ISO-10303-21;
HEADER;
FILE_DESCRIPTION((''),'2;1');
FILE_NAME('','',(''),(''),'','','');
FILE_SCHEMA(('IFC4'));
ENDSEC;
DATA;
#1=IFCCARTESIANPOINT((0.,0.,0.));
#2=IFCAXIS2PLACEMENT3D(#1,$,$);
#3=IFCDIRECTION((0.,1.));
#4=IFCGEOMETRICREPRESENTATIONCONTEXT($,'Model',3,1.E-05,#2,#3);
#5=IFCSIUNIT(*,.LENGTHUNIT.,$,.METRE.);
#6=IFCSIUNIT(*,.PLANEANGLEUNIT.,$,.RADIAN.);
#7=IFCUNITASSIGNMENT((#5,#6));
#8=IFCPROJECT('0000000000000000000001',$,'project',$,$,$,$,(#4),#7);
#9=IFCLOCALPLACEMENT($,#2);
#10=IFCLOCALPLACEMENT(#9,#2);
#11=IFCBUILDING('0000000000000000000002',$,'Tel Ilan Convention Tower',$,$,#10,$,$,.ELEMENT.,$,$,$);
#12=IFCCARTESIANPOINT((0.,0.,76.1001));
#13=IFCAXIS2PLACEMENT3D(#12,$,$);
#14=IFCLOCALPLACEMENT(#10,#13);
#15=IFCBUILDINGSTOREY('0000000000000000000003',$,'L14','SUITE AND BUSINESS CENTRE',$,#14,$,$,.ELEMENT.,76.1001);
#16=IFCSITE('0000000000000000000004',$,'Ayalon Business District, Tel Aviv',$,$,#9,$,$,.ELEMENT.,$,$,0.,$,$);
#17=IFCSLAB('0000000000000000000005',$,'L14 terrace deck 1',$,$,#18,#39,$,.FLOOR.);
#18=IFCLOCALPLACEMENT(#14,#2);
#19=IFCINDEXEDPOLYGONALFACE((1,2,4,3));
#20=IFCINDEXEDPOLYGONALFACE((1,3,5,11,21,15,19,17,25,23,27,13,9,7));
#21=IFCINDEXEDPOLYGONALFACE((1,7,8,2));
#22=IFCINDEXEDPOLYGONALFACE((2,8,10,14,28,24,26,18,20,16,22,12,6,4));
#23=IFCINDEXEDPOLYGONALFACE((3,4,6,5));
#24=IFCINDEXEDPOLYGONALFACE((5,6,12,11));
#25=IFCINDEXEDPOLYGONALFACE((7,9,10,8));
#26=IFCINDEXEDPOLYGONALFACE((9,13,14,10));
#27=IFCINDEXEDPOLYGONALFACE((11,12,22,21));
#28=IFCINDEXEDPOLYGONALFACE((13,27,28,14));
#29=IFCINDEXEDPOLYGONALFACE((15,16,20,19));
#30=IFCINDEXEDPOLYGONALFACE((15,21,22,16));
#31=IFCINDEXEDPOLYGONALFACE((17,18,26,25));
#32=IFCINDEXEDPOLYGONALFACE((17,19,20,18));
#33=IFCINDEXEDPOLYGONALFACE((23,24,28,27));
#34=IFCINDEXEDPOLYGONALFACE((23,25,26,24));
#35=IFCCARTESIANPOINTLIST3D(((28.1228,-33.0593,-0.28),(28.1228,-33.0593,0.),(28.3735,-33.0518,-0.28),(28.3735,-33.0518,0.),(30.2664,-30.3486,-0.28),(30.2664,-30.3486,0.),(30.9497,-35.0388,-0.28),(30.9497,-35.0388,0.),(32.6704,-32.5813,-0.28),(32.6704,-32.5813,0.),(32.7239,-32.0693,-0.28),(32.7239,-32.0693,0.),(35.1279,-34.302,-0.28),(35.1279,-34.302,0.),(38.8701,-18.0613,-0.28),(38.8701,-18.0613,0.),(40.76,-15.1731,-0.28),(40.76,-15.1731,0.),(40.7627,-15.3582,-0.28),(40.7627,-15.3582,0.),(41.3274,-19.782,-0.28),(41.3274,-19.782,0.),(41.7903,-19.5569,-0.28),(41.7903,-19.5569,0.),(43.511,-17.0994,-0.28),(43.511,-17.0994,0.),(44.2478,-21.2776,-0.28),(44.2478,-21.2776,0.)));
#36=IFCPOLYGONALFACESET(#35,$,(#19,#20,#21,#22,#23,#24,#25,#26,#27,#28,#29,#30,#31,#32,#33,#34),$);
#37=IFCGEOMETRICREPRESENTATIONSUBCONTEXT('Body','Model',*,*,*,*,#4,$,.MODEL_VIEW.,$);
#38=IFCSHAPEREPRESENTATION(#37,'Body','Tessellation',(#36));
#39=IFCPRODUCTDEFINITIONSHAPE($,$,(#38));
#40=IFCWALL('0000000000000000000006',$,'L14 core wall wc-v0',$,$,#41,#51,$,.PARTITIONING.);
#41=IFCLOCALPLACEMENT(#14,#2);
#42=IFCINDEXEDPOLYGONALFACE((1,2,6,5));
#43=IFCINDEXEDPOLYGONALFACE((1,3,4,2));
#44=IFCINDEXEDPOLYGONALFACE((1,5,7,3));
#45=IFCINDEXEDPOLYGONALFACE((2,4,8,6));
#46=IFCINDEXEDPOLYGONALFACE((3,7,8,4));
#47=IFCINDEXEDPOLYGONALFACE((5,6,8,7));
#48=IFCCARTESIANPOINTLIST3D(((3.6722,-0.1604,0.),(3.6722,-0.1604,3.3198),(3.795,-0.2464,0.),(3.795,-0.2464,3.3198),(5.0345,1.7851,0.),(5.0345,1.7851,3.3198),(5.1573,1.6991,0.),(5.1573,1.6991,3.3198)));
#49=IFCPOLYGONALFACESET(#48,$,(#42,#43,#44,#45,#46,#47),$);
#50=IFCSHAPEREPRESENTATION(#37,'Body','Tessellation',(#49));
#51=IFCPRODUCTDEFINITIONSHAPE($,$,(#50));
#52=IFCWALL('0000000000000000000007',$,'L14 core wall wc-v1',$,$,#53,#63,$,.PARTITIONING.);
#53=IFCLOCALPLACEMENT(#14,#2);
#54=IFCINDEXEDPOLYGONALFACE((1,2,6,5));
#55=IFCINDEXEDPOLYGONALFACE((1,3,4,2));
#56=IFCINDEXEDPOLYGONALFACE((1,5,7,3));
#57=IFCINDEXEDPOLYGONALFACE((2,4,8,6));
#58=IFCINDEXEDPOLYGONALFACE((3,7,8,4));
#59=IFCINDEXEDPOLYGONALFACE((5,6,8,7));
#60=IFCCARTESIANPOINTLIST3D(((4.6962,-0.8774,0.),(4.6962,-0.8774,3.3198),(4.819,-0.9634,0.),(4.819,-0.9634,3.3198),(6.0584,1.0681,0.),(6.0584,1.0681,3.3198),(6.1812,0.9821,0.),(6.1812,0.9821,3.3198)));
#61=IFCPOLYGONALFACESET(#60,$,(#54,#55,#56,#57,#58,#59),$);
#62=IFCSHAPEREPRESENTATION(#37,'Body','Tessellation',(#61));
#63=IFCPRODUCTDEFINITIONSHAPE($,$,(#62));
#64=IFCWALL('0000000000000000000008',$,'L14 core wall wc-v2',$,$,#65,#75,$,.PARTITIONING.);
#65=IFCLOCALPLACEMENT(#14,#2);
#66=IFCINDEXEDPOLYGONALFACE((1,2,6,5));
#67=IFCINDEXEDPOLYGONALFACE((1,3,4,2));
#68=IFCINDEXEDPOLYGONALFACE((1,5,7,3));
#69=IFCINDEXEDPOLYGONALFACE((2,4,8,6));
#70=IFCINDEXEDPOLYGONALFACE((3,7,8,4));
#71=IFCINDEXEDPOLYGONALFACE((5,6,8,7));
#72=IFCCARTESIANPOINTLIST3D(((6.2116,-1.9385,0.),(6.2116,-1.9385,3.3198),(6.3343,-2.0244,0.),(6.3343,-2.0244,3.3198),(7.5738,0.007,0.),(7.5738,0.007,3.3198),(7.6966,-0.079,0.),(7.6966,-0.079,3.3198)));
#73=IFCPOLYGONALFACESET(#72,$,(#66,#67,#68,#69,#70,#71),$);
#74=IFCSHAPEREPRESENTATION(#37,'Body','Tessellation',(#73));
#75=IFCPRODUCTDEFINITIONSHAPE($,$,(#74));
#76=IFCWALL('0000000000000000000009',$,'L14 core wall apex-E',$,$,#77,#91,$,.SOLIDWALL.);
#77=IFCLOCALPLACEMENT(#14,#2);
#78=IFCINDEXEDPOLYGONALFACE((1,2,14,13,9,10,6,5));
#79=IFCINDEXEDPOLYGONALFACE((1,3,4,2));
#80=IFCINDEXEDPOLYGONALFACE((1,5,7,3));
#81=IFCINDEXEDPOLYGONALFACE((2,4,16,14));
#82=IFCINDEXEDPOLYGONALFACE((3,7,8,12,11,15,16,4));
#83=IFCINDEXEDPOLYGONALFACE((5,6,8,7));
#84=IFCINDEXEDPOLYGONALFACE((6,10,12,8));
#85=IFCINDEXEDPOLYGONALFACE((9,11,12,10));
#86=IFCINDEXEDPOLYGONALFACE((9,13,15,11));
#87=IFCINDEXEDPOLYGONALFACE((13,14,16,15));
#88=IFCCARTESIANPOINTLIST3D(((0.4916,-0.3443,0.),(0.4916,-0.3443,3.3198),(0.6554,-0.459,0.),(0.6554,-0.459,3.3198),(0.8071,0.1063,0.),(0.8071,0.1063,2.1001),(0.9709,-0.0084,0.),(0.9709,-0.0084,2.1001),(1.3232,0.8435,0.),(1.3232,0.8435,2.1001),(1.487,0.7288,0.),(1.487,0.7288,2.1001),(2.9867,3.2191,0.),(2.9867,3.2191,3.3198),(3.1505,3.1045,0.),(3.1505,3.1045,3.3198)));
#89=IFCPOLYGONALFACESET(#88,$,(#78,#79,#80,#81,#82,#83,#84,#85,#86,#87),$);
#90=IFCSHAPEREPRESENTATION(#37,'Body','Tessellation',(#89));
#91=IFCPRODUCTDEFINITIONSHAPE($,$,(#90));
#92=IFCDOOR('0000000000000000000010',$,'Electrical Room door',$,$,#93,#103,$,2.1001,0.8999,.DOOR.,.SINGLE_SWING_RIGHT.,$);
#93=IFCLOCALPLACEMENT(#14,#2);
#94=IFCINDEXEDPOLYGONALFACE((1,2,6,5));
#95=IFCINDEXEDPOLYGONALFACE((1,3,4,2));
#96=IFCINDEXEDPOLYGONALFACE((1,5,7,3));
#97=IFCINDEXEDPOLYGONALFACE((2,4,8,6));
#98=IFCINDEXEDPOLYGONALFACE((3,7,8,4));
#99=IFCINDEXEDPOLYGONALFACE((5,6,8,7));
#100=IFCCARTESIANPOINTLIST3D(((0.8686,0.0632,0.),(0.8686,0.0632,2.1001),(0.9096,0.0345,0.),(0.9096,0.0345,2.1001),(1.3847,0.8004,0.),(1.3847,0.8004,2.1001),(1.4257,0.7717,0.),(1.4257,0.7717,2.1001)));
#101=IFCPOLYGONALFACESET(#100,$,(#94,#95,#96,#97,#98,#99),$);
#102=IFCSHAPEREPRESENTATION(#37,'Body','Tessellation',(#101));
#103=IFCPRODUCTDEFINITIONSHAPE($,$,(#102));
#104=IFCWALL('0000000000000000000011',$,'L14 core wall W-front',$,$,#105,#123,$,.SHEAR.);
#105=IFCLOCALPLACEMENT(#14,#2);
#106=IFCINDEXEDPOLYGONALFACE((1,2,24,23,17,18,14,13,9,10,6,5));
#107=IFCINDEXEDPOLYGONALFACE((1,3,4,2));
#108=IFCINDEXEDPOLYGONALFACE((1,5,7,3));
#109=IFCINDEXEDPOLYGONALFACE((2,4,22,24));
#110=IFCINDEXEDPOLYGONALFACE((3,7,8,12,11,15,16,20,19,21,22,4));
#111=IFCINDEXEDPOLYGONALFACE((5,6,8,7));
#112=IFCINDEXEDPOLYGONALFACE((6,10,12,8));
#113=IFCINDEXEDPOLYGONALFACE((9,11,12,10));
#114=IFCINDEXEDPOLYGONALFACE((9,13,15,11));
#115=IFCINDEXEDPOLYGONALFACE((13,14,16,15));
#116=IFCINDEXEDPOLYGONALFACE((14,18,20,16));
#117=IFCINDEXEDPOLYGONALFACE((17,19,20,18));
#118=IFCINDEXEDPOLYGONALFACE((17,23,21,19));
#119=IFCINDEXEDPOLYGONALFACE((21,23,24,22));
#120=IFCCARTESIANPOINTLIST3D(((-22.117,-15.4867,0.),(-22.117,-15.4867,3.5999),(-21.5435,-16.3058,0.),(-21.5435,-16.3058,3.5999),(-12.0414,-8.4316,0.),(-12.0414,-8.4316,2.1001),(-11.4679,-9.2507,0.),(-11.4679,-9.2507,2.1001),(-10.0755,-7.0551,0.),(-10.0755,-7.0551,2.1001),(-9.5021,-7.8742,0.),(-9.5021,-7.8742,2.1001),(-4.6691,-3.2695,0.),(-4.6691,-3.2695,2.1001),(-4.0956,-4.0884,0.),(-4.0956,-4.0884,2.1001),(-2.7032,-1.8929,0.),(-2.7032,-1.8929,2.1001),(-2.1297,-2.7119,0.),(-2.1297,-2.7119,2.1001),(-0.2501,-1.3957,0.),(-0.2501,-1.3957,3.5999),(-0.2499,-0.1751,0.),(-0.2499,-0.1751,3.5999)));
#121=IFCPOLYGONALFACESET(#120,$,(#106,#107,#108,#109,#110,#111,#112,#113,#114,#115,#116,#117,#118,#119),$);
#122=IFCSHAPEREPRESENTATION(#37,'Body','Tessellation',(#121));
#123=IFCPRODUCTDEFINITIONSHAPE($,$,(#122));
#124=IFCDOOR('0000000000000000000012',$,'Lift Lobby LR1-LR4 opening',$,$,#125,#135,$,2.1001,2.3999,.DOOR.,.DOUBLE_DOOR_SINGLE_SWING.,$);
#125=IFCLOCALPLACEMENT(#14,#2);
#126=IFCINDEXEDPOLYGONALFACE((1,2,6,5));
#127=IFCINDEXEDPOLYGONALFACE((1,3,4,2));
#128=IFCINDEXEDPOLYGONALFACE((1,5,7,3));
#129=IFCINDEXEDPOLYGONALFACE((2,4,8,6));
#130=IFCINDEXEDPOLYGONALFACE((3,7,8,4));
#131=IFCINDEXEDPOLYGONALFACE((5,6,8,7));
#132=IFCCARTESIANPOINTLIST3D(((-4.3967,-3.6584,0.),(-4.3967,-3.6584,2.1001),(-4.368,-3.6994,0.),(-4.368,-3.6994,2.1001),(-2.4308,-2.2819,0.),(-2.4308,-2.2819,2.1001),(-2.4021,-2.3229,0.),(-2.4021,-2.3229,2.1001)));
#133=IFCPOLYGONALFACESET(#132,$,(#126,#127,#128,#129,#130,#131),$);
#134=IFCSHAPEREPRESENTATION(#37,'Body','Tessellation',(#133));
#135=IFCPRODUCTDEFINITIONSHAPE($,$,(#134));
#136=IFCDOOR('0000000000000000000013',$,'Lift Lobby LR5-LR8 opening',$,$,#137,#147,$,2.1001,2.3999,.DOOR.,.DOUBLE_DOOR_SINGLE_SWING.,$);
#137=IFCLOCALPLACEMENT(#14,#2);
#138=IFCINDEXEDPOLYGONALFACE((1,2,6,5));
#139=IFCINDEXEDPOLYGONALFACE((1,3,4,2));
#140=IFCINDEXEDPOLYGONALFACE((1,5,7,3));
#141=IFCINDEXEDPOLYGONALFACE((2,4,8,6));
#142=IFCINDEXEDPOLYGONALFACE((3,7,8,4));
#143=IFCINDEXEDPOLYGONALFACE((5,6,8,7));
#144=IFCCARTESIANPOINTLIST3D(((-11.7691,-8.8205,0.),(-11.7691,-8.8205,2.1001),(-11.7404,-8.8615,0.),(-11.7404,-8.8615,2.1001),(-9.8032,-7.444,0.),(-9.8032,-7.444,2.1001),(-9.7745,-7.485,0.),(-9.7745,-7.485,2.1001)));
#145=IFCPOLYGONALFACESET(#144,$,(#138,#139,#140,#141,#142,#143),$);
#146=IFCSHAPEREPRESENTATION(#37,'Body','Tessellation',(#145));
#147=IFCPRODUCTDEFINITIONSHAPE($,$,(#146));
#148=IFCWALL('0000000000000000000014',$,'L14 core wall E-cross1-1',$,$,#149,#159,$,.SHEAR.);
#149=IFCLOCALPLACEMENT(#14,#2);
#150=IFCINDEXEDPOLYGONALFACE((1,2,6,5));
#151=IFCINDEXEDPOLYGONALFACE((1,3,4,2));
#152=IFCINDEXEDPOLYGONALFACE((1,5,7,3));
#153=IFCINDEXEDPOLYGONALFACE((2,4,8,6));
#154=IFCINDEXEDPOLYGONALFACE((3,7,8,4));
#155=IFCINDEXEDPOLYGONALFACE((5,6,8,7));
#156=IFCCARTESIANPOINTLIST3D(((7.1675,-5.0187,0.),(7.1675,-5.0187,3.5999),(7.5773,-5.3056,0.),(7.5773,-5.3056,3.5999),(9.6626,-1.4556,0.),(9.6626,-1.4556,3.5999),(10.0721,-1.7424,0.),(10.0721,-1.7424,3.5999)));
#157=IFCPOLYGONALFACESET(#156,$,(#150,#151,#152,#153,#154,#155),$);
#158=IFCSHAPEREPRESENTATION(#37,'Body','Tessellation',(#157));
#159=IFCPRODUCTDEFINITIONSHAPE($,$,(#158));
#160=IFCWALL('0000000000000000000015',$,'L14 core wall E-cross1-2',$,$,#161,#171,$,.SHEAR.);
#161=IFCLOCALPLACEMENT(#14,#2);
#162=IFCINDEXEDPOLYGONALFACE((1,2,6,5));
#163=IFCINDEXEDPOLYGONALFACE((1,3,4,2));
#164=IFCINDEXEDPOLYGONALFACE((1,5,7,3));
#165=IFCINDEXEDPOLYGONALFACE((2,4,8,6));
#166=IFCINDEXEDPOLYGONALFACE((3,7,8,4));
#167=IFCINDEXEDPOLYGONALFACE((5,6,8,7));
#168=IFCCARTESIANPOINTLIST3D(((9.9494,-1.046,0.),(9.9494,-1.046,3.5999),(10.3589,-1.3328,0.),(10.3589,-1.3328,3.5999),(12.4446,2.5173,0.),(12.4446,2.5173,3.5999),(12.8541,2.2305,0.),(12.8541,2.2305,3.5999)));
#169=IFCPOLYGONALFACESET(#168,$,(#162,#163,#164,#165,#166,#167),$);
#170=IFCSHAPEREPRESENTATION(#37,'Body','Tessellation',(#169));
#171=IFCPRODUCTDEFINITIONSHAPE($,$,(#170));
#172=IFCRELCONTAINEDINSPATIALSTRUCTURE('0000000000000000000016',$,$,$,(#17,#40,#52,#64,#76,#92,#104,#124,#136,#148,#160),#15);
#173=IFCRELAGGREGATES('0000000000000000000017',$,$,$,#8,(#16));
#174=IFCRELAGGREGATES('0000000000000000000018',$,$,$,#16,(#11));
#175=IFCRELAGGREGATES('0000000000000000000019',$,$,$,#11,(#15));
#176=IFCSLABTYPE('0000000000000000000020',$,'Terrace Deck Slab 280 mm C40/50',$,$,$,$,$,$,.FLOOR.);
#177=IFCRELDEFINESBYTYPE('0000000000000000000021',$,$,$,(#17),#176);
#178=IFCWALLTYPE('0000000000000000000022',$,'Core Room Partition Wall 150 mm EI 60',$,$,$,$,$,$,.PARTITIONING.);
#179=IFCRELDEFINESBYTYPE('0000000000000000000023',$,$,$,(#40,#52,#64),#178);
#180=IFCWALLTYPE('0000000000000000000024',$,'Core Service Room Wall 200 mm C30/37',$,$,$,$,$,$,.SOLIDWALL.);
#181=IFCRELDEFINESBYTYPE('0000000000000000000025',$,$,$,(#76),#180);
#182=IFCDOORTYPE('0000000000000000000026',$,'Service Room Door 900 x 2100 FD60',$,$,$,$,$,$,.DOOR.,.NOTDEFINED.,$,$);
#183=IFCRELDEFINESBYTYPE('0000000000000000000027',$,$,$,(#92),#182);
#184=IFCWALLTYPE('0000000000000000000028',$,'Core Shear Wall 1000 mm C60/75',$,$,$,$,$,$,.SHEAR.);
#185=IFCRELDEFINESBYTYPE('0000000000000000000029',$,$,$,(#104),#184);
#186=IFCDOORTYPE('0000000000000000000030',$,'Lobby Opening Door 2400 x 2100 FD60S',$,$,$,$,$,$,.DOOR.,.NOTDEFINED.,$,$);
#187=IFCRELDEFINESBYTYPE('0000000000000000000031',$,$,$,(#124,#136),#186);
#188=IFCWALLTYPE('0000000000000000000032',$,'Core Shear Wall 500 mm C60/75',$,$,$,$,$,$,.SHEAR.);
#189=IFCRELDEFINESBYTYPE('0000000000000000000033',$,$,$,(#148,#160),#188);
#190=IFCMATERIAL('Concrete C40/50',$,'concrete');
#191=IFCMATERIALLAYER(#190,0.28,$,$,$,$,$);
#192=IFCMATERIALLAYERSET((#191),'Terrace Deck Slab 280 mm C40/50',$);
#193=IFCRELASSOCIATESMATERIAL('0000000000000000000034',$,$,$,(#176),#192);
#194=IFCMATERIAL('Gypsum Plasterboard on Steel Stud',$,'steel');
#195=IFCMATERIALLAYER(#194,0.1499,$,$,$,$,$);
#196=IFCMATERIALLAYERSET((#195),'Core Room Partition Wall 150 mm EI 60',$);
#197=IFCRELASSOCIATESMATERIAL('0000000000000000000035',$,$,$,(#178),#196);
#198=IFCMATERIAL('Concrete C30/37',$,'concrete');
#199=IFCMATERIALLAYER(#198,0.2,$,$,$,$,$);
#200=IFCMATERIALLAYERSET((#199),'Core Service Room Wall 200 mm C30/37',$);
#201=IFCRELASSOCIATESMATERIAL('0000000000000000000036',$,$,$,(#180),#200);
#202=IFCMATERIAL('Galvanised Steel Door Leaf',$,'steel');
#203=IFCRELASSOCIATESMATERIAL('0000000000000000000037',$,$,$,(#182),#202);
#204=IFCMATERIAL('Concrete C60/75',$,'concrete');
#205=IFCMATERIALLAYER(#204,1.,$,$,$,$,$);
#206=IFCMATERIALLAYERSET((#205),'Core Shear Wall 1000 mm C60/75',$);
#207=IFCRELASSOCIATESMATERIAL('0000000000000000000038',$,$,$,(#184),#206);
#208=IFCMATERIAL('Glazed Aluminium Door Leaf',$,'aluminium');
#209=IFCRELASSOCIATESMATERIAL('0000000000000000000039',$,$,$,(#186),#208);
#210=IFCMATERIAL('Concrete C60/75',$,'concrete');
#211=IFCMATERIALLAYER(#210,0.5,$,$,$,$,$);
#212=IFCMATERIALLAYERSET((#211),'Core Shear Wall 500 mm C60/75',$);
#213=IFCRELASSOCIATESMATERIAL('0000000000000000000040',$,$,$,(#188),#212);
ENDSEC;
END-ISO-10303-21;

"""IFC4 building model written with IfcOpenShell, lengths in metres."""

from ifc_helpers import new_model, si_unit, direction, frame, frame_2d, origin, place, context, subcontext, project, spatial, polyline, rectangle, outline, extrude, material, layer, layer_set, type_object, element, fill, save


model = new_model("IFC4")

# Units and contexts
model_context = context("Model", 3, precision=1e-05, world=origin(), true_north=direction((0.0, 1.0)))
body_context = subcontext(model_context, "Body", "Model", "MODEL_VIEW")
ifc_project = project(units=[si_unit("LENGTHUNIT", "METRE"), si_unit("PLANEANGLEUNIT", "RADIAN")], contexts=[model_context])

# Site, building, storey
site_placement = place(None, origin())
site = spatial("IfcSite", under=ifc_project, at=site_placement, Name="Ayalon Business District, Tel Aviv", CompositionType="ELEMENT", RefElevation=0.0)
building_placement = place(site_placement, origin())
building = spatial("IfcBuilding", under=site, at=building_placement, Name="Tel Ilan Convention Tower", CompositionType="ELEMENT")
storey_placement = place(building_placement, frame((0.0, 0.0, 76.1001)))
storey = spatial("IfcBuildingStorey", under=building, at=storey_placement, Name="L14", Description="SUITE AND BUSINESS CENTRE", CompositionType="ELEMENT", Elevation=76.1001)

# Slab
ifc_material_1 = material(Name="Concrete C40/50", Category="concrete")
ifc_layer_1 = layer(ifc_material_1, 0.28)
ifc_layer_set_1 = layer_set([ifc_layer_1], Name="Terrace Deck Slab 280 mm C40/50")
slab_type_1 = type_object("IfcSlabType", Name="Terrace Deck Slab 280 mm C40/50", PredefinedType="FLOOR", material=ifc_layer_set_1)
slab_1_placement = place(storey_placement, frame((0.0, 0.0, -0.28)))
element("IfcSlab", 1, at=slab_1_placement, inside=storey, type_object=slab_type_1, Name="L14 terrace deck 1", PredefinedType="FLOOR", context=body_context, shape_type="SweptSolid", body=[
    extrude(outline(polyline([(43.511, -17.0994), (41.7903, -19.5569), (44.2478, -21.2776), (35.1279, -34.302), (32.6704, -32.5813), (30.9497, -35.0388), (28.1228, -33.0593), (28.3735, -33.0518), (30.2664, -30.3486), (32.7239, -32.0693), (41.3274, -19.782), (38.8701, -18.0613), (40.7627, -15.3582), (40.76, -15.1731), (43.511, -17.0994)])), origin(), (0.0, 0.0, 1.0), 0.28),
])

# Walls
ifc_material_2 = material(Name="Gypsum Plasterboard on Steel Stud", Category="steel")
ifc_layer_2 = layer(ifc_material_2, 0.1499)
ifc_layer_set_2 = layer_set([ifc_layer_2], Name="Core Room Partition Wall 150 mm EI 60")
wall_type_1 = type_object("IfcWallType", Name="Core Room Partition Wall 150 mm EI 60", PredefinedType="PARTITIONING", material=ifc_layer_set_2)
for number, where, z_axis, x_axis, name in (
    (2, (3.7336, -0.2034, 0.0), (0.0, 0.0, 1.0), (0.57358, 0.81915, 0.0), "L14 core wall wc-v0"),
    (3, (4.7576, -0.9204, 0.0), (0.0, 0.0, 1.0), (0.57358, 0.81915, 0.0), "L14 core wall wc-v1"),
    (4, (6.2729, -1.9814, 0.0), (0.0, 0.0, 1.0), (0.57358, 0.81915, 0.0), "L14 core wall wc-v2"),
):
    element("IfcWall", number, at=place(storey_placement, frame(where, z_axis=z_axis, x_axis=x_axis)), inside=storey, type_object=wall_type_1, Name=name, PredefinedType="PARTITIONING", context=body_context, shape_type="SweptSolid", body=[
        extrude(rectangle(XDim=2.375, YDim=0.1499, at=frame_2d((1.1875, 0.0))), origin(), (0.0, 0.0, 1.0), 3.3198),
    ])

# Wall, opening, door
ifc_material_3 = material(Name="Concrete C30/37", Category="concrete")
ifc_layer_3 = layer(ifc_material_3, 0.2)
ifc_layer_set_3 = layer_set([ifc_layer_3], Name="Core Service Room Wall 200 mm C30/37")
wall_type_2 = type_object("IfcWallType", Name="Core Service Room Wall 200 mm C30/37", PredefinedType="SOLIDWALL", material=ifc_layer_set_3)
wall_1_placement = place(storey_placement, frame((0.5735, -0.4016, 0.0), z_axis=(0.0, 0.0, 1.0), x_axis=(0.573568, 0.819158, 0.0)))
wall_1 = element("IfcWall", 5, at=wall_1_placement, inside=storey, type_object=wall_type_2, Name="L14 core wall apex-E", PredefinedType="SOLIDWALL", context=body_context, shape_type="SweptSolid", body=[
    extrude(rectangle(XDim=4.3501, YDim=0.2, at=frame_2d((2.175, 0.0))), origin(), (0.0, 0.0, 1.0), 3.3198),
])
opening_1_placement = place(wall_1_placement, frame((0.55, 0.0, 0.0)))
opening_1 = element("IfcOpeningElement", 6, at=opening_1_placement, cuts=wall_1, PredefinedType="OPENING", context=body_context, shape_type="SweptSolid", body=[
    extrude(rectangle(XDim=0.8999, YDim=2.1001, at=frame_2d((0.45, 1.05))), frame((0.0, 0.1099, 0.0), z_axis=(0.0, -1.0, 0.0), x_axis=(1.0, 0.0, 0.0)), (0.0, 0.0, 1.0), 0.22),
])
ifc_material_4 = material(Name="Galvanised Steel Door Leaf", Category="steel")
door_type_1 = type_object("IfcDoorType", Name="Service Room Door 900 x 2100 FD60", OperationType="NOTDEFINED", PredefinedType="DOOR", material=ifc_material_4)
door_1_placement = place(opening_1_placement, origin())
door_1 = element("IfcDoor", 7, at=door_1_placement, inside=storey, type_object=door_type_1, Name="Electrical Room door", OperationType="SINGLE_SWING_RIGHT", OverallHeight=2.1001, OverallWidth=0.8999, PredefinedType="DOOR", context=body_context, shape_type="SweptSolid", body=[
    extrude(rectangle(XDim=0.8999, YDim=2.1001, at=frame_2d((0.45, 1.05))), frame((0.0, 0.0249, 0.0), z_axis=(0.0, -1.0, 0.0), x_axis=(1.0, 0.0, 0.0)), (0.0, 0.0, 1.0), 0.05),
])
fill(opening_1, door_1)

# Wall, openings, doors
ifc_material_5 = material(Name="Concrete C60/75", Category="concrete")
ifc_layer_4 = layer(ifc_material_5, 1.0)
ifc_layer_set_4 = layer_set([ifc_layer_4], Name="Core Shear Wall 1000 mm C60/75")
wall_type_3 = type_object("IfcWallType", Name="Core Shear Wall 1000 mm C60/75", PredefinedType="SHEAR", material=ifc_layer_set_4)
wall_2_placement = place(storey_placement, frame((0.0369, -0.5847, 0.0), z_axis=(0.0, 0.0, 1.0), x_axis=(-0.819157, -0.573569, 0.0)))
wall_2 = element("IfcWall", 8, at=wall_2_placement, inside=storey, type_object=wall_type_3, Name="L14 core wall W-front", PredefinedType="SHEAR", context=body_context, shape_type="SweptSolid", body=[
    extrude(outline(polyline([(26.6948, 0.5002), (0.7002, 0.4998), (0.0, -0.5), (26.6948, -0.4998), (26.6948, 0.5002)])), origin(), (0.0, 0.0, 1.0), 3.5999),
])
opening_2_placement = place(wall_2_placement, frame((2.9949, 0.0, 0.0)))
opening_2 = element("IfcOpeningElement", 9, at=opening_2_placement, cuts=wall_2, PredefinedType="OPENING", context=body_context, shape_type="SweptSolid", body=[
    extrude(rectangle(XDim=2.3999, YDim=2.1001, at=frame_2d((1.2, 1.05))), frame((0.0, 0.51, 0.0), z_axis=(0.0, -1.0, 0.0), x_axis=(1.0, 0.0, 0.0)), (0.0, 0.0, 1.0), 1.02),
])
opening_3_placement = place(wall_2_placement, frame((11.9949, 0.0, 0.0)))
opening_3 = element("IfcOpeningElement", 10, at=opening_3_placement, cuts=wall_2, PredefinedType="OPENING", context=body_context, shape_type="SweptSolid", body=[
    extrude(rectangle(XDim=2.3999, YDim=2.1001, at=frame_2d((1.2, 1.05))), frame((0.0, 0.51, 0.0), z_axis=(0.0, -1.0, 0.0), x_axis=(1.0, 0.0, 0.0)), (0.0, 0.0, 1.0), 1.02),
])
ifc_material_6 = material(Name="Glazed Aluminium Door Leaf", Category="aluminium")
door_type_2 = type_object("IfcDoorType", Name="Lobby Opening Door 2400 x 2100 FD60S", OperationType="NOTDEFINED", PredefinedType="DOOR", material=ifc_material_6)
door_2_placement = place(opening_2_placement, origin())
door_2 = element("IfcDoor", 11, at=door_2_placement, inside=storey, type_object=door_type_2, Name="Lift Lobby LR1-LR4 opening", OperationType="DOUBLE_DOOR_SINGLE_SWING", OverallHeight=2.1001, OverallWidth=2.3999, PredefinedType="DOOR", context=body_context, shape_type="SweptSolid", body=[
    extrude(rectangle(XDim=2.3999, YDim=2.1001, at=frame_2d((1.2, 1.05))), frame((0.0, 0.0249, 0.0), z_axis=(0.0, -1.0, 0.0), x_axis=(1.0, 0.0, 0.0)), (0.0, 0.0, 1.0), 0.05),
])
fill(opening_2, door_2)
door_3_placement = place(opening_3_placement, origin())
door_3 = element("IfcDoor", 12, at=door_3_placement, inside=storey, type_object=door_type_2, Name="Lift Lobby LR5-LR8 opening", OperationType="DOUBLE_DOOR_SINGLE_SWING", OverallHeight=2.1001, OverallWidth=2.3999, PredefinedType="DOOR", context=body_context, shape_type="SweptSolid", body=[
    extrude(rectangle(XDim=2.3999, YDim=2.1001, at=frame_2d((1.2, 1.05))), frame((0.0, 0.0249, 0.0), z_axis=(0.0, -1.0, 0.0), x_axis=(1.0, 0.0, 0.0)), (0.0, 0.0, 1.0), 0.05),
])
fill(opening_3, door_3)

# Walls
ifc_material_7 = material(Name="Concrete C60/75", Category="concrete")
ifc_layer_5 = layer(ifc_material_7, 0.5)
ifc_layer_set_5 = layer_set([ifc_layer_5], Name="Core Shear Wall 500 mm C60/75")
wall_type_4 = type_object("IfcWallType", Name="Core Shear Wall 500 mm C60/75", PredefinedType="SHEAR", material=ifc_layer_set_5)
wall_3_placement = place(storey_placement, frame((7.3723, -5.1621, 0.0), z_axis=(0.0, 0.0, 1.0), x_axis=(0.573594, 0.81914, 0.0)))
element("IfcWall", 13, at=wall_3_placement, inside=storey, type_object=wall_type_4, Name="L14 core wall E-cross1-1", PredefinedType="SHEAR", context=body_context, shape_type="SweptSolid", body=[
    extrude(outline(polyline([(0.0, 0.25), (0.0, -0.2502), (4.3499, -0.25), (4.3499, 0.25), (0.0, 0.25)])), origin(), (0.0, 0.0, 1.0), 3.5999),
])
wall_4_placement = place(storey_placement, frame((10.1543, -1.1892, 0.0), z_axis=(0.0, 0.0, 1.0), x_axis=(0.573594, 0.81914, 0.0)))
element("IfcWall", 14, at=wall_4_placement, inside=storey, type_object=wall_type_4, Name="L14 core wall E-cross1-2", PredefinedType="SHEAR", context=body_context, shape_type="SweptSolid", body=[
    extrude(outline(polyline([(4.3499, -0.25), (4.3499, 0.25), (-0.0002, 0.25), (-0.0002, -0.25), (4.3499, -0.25)])), origin(), (0.0, 0.0, 1.0), 3.5999),
])

save(model, "model.ifc")
